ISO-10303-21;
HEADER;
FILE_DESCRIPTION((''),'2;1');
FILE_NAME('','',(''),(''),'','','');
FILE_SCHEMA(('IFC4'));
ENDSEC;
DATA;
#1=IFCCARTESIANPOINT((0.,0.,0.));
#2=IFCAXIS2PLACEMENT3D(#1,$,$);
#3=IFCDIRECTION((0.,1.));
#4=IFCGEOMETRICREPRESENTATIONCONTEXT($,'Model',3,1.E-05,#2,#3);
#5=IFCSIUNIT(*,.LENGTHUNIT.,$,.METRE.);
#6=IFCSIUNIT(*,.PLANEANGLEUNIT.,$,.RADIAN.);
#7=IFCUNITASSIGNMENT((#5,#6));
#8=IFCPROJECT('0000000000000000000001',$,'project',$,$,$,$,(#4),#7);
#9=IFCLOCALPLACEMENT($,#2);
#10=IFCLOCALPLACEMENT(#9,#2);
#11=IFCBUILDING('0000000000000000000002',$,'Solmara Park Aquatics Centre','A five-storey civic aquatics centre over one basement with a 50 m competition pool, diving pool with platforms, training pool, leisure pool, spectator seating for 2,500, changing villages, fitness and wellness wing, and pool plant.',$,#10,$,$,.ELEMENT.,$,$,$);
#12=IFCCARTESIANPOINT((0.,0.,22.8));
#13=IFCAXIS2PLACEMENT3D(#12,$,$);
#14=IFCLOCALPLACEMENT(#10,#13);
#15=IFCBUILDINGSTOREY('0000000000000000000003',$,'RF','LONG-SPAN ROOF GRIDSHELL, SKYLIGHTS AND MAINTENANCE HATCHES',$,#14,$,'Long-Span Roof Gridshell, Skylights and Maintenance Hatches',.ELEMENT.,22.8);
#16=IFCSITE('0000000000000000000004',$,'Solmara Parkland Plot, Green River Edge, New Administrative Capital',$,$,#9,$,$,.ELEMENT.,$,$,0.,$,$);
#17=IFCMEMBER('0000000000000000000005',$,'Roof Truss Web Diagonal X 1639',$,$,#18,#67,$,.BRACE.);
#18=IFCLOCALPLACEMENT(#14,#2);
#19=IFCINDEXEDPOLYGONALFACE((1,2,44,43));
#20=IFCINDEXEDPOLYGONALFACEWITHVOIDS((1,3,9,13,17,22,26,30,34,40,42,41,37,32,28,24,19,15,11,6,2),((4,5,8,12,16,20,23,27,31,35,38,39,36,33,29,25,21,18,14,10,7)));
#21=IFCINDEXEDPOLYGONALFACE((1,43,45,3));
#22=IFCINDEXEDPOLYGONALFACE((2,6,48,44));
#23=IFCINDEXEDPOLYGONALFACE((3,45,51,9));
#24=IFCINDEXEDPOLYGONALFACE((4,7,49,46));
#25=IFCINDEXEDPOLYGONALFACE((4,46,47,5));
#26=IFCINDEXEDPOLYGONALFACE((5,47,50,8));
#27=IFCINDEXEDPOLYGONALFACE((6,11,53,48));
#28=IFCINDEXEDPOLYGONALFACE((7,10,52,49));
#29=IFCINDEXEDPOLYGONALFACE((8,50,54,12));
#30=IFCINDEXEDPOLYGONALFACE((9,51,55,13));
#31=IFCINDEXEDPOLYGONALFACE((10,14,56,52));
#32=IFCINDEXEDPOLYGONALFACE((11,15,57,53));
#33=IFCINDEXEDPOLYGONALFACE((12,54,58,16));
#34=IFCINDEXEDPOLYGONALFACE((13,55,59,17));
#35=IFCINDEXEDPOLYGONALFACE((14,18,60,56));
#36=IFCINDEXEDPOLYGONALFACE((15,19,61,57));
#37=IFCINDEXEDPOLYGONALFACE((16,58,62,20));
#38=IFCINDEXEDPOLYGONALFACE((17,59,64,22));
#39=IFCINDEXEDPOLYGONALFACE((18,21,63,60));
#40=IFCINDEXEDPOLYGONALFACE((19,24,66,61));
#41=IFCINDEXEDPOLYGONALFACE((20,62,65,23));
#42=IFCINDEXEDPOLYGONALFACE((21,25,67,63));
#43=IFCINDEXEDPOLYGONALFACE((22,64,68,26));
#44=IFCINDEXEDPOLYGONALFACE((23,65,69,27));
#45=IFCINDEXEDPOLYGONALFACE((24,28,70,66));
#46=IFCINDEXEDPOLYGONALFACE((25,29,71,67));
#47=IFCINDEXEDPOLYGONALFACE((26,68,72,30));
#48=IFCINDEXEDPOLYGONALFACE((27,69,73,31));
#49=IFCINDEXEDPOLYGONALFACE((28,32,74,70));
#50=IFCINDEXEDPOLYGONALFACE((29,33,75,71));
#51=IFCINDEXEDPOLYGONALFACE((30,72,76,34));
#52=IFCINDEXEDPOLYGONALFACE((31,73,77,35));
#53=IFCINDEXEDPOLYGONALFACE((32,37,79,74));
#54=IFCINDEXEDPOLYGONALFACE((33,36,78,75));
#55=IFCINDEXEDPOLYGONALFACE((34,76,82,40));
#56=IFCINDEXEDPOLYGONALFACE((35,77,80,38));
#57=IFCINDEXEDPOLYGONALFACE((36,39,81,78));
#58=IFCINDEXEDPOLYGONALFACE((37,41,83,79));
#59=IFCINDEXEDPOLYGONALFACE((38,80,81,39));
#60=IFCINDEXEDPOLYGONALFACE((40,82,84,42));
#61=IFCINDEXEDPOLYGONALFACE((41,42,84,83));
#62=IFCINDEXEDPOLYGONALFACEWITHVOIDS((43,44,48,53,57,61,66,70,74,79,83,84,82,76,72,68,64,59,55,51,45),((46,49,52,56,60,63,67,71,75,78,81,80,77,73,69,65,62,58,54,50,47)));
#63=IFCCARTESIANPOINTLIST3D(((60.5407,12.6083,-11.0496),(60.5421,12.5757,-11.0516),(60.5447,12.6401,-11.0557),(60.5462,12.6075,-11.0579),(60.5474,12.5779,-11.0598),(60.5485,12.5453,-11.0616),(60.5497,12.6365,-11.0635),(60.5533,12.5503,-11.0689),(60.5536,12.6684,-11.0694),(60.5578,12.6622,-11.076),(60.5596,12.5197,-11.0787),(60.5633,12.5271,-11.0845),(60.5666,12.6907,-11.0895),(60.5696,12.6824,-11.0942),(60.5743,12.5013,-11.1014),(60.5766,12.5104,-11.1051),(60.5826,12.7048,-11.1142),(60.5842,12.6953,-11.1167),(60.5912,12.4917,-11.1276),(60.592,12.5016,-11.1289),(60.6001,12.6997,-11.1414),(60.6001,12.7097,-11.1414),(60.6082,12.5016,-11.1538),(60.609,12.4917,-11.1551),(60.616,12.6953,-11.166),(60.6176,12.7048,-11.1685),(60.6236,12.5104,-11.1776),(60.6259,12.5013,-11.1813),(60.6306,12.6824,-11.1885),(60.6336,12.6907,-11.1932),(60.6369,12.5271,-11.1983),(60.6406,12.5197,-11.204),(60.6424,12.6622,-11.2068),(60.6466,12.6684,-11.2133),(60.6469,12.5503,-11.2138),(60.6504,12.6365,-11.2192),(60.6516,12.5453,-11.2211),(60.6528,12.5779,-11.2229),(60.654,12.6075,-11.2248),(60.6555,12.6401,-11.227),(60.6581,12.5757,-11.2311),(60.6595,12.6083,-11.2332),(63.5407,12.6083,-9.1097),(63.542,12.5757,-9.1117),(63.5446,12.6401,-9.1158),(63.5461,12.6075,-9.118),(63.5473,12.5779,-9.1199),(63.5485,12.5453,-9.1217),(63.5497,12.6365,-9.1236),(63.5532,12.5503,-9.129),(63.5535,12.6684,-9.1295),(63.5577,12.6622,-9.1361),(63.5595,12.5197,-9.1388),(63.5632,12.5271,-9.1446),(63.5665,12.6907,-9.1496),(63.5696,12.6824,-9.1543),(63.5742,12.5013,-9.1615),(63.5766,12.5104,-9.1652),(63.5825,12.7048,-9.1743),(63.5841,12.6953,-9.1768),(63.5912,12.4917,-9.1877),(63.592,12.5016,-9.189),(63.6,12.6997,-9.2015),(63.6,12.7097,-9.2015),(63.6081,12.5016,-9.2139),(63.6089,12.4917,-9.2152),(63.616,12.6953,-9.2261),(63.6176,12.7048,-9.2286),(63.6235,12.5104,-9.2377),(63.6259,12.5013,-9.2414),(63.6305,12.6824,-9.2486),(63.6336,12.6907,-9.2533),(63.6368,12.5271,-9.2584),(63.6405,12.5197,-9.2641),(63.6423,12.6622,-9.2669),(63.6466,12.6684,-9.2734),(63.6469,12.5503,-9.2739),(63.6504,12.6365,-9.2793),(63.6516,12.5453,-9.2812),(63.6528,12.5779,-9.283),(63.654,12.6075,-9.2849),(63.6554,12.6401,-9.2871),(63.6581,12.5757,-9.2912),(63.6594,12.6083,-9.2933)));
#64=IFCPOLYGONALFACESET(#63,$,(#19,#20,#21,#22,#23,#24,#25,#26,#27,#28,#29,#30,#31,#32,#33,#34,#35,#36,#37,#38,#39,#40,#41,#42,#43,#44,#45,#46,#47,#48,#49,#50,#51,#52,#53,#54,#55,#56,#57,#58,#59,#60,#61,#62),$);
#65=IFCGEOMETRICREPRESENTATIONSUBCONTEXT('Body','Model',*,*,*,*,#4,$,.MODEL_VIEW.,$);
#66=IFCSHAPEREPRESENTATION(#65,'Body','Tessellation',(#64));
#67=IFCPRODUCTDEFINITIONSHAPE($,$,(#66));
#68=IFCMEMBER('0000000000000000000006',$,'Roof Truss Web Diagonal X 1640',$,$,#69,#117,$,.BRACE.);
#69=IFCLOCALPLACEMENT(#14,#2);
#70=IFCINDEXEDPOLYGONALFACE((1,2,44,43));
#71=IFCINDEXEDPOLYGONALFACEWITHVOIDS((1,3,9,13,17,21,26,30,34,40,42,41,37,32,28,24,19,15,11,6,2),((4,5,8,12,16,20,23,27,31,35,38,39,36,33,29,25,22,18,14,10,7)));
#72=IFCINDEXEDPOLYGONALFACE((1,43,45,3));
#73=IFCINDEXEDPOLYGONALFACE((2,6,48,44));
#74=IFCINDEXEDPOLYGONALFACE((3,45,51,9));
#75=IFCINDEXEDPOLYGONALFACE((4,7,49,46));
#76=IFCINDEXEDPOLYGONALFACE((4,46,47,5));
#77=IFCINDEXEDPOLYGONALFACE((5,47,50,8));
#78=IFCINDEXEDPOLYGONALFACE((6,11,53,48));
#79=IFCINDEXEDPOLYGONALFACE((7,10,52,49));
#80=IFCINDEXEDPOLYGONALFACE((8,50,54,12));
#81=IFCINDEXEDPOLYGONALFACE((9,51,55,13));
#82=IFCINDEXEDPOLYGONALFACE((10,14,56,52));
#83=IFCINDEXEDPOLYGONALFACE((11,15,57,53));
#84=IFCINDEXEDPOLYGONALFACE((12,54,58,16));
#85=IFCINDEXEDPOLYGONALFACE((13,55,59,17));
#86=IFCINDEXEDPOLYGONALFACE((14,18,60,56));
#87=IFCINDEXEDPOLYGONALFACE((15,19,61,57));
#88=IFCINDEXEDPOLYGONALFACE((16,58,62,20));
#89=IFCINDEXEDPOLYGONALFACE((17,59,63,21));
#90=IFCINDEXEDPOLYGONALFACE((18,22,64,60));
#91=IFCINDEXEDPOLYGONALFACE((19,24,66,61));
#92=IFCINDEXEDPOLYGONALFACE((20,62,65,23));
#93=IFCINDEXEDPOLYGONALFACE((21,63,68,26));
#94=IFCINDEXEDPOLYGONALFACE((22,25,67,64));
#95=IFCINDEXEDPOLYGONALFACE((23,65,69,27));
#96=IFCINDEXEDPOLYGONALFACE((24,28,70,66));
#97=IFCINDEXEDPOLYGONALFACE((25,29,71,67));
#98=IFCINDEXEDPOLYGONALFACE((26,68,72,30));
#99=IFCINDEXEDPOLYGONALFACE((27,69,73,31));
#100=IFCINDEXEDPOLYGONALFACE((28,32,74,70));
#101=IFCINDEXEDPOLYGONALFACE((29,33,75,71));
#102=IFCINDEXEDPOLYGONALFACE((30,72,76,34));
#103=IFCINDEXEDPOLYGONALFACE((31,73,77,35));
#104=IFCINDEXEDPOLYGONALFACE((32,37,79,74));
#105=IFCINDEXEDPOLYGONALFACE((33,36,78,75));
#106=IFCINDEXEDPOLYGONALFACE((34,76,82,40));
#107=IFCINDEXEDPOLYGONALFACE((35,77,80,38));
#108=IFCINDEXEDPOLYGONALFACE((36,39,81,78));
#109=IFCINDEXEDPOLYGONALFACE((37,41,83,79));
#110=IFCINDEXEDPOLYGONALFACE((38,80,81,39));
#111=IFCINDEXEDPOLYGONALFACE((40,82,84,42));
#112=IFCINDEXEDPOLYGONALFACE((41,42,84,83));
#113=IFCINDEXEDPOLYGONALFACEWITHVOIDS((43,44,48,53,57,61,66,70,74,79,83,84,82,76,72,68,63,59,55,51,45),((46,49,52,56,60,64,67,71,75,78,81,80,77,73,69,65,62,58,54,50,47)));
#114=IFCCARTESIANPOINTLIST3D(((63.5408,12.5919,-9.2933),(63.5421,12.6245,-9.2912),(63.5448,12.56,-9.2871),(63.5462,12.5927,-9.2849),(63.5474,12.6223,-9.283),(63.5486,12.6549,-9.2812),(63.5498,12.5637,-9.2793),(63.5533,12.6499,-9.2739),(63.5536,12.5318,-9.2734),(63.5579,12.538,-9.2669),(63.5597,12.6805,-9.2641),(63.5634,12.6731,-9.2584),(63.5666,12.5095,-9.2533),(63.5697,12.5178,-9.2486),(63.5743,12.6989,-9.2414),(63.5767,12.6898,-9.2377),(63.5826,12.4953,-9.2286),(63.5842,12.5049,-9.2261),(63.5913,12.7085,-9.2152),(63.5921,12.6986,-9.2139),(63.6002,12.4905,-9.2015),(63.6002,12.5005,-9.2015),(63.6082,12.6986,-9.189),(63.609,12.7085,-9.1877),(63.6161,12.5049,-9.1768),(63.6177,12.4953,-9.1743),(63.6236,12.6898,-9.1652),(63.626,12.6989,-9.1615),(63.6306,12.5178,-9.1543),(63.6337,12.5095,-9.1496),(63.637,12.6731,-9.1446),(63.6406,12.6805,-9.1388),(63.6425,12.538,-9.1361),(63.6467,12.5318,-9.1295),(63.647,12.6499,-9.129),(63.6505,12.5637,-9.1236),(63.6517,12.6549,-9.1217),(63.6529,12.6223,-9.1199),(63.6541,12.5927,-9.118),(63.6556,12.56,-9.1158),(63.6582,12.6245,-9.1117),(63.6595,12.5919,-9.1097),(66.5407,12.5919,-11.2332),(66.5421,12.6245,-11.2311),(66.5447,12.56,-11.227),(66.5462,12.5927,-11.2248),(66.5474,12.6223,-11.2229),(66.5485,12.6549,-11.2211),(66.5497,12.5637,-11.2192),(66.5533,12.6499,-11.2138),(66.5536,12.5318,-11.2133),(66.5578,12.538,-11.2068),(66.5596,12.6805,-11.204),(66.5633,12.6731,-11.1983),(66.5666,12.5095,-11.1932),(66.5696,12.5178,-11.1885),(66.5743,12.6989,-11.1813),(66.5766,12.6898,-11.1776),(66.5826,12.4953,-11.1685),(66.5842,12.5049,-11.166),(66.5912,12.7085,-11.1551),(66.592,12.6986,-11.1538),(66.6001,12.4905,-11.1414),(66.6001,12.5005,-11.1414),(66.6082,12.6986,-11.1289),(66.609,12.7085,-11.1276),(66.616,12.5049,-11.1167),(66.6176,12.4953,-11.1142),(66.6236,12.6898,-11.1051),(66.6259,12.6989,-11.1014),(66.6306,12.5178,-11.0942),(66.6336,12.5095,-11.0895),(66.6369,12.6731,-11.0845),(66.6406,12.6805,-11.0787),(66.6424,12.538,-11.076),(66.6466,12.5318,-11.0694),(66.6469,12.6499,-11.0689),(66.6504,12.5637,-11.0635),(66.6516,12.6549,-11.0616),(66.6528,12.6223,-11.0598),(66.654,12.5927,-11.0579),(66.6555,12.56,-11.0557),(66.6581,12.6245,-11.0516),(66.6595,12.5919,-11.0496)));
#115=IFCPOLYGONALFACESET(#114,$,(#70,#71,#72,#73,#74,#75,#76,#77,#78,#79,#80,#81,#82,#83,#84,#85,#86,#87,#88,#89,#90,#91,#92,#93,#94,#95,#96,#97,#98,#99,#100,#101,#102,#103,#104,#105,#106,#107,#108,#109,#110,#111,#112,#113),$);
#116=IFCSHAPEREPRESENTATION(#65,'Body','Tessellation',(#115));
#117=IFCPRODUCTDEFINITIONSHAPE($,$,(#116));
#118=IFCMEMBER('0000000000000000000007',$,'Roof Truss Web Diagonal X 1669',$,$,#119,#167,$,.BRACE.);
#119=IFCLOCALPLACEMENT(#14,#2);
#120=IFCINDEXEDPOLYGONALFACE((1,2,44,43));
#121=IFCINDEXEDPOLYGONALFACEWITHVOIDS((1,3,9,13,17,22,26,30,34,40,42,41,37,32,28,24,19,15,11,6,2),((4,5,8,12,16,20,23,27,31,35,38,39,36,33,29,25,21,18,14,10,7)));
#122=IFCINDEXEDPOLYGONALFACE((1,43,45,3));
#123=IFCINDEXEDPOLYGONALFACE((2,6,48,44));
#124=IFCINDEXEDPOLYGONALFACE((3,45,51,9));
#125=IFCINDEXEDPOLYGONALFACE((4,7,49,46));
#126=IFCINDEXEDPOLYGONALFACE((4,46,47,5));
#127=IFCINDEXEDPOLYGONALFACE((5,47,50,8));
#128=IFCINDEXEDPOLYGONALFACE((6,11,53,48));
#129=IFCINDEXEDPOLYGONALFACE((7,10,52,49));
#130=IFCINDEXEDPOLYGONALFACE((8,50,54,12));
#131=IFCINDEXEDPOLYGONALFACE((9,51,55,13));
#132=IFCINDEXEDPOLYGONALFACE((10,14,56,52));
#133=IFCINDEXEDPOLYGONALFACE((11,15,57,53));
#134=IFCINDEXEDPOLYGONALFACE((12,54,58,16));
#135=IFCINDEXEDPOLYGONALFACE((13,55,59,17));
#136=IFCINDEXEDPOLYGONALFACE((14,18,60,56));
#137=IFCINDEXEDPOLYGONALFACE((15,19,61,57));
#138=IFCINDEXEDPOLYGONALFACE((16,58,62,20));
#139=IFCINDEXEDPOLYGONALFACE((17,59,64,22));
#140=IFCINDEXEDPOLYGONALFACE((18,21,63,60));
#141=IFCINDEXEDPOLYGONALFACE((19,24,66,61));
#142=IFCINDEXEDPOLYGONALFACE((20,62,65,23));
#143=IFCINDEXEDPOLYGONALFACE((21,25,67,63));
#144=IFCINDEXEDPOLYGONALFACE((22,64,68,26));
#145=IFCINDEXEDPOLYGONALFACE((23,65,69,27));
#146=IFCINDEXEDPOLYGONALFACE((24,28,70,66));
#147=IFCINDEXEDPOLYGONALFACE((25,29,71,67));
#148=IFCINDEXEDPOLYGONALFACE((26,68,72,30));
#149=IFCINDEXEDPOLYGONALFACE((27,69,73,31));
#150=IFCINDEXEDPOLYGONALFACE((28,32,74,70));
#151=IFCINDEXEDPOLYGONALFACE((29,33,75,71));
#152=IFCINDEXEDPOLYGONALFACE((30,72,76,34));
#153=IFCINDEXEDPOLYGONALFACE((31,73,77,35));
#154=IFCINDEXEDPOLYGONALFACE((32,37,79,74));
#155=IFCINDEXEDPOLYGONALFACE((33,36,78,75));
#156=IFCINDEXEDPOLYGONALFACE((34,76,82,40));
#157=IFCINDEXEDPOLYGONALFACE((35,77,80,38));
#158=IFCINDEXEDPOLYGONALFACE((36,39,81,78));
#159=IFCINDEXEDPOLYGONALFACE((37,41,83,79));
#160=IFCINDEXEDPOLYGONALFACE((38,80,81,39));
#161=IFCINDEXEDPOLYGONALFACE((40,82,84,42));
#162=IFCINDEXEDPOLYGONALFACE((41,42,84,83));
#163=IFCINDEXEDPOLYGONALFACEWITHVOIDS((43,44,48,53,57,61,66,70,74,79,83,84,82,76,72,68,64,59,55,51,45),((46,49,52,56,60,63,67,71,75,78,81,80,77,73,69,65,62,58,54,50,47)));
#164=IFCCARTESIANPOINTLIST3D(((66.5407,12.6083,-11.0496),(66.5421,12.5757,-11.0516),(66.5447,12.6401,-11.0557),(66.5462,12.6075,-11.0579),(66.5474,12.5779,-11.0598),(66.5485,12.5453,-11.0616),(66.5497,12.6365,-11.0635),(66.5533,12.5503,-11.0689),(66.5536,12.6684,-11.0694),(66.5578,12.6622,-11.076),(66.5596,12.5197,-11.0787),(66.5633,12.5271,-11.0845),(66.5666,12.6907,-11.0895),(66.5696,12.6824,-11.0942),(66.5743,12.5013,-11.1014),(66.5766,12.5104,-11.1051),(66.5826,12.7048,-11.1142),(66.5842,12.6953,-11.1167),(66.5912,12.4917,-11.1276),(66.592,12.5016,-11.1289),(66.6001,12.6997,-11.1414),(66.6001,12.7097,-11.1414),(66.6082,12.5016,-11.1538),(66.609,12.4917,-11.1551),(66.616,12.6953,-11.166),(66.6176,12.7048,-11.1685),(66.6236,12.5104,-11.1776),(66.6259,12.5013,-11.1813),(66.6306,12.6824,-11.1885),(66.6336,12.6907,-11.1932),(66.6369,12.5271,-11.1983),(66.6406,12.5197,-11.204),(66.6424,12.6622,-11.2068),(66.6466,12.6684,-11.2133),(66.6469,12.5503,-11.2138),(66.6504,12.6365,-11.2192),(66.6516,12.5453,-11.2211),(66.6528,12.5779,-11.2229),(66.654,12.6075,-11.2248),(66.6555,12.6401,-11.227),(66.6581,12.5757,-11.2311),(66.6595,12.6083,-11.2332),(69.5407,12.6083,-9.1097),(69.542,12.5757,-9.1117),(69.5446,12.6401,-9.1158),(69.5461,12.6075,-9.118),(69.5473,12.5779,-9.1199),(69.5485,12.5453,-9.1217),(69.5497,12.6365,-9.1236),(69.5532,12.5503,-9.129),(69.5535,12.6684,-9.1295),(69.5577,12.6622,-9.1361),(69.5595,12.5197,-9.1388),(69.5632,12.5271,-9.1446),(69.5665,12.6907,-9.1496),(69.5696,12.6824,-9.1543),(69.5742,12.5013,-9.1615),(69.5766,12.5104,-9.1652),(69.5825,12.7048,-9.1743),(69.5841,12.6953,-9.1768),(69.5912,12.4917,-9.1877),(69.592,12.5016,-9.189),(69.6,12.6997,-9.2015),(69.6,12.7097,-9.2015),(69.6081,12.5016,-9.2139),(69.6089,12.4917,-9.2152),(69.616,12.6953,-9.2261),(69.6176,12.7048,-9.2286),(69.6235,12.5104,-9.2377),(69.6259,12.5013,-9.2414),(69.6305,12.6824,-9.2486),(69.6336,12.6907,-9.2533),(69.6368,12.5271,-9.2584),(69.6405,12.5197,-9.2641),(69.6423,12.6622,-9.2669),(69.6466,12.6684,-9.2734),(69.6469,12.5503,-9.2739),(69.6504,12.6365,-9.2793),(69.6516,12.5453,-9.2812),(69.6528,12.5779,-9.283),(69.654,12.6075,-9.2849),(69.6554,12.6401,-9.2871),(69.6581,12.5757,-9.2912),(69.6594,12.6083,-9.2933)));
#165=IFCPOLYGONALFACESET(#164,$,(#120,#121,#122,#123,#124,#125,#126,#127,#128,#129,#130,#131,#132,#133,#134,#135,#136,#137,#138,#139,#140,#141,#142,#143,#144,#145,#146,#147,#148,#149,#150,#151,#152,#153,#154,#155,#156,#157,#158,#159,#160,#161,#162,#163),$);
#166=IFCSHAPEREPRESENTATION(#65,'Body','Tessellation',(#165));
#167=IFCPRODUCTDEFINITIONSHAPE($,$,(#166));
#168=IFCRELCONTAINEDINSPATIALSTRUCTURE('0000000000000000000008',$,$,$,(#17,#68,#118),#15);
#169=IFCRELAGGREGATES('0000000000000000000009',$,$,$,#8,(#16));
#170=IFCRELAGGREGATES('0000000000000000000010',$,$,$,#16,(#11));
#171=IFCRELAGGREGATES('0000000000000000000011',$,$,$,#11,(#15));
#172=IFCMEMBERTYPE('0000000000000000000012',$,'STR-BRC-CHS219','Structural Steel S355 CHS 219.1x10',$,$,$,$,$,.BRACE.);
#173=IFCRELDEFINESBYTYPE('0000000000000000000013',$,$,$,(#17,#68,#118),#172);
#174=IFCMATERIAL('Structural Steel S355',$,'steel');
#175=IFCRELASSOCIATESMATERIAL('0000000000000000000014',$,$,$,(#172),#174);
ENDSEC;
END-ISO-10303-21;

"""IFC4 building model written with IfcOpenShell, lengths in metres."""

from ifc_helpers import new_model, si_unit, direction, frame, origin, origin_2d, place, context, subcontext, project, spatial, hollow_circle, extrude, material, material_profile, profile_set, type_object, element, save


model = new_model("IFC4")

# Units and contexts
model_context = context("Model", 3, precision=1e-05, world=origin(), true_north=direction((0.0, 1.0)))
body_context = subcontext(model_context, "Body", "Model", "MODEL_VIEW")
ifc_project = project(units=[si_unit("LENGTHUNIT", "METRE"), si_unit("PLANEANGLEUNIT", "RADIAN")], contexts=[model_context])

# Site, building, storey
site_placement = place(None, origin())
site = spatial("IfcSite", under=ifc_project, at=site_placement, Name="Solmara Parkland Plot, Green River Edge, New Administrative Capital", CompositionType="ELEMENT", RefElevation=0.0)
building_placement = place(site_placement, origin())
building = spatial("IfcBuilding", under=site, at=building_placement, Name="Solmara Park Aquatics Centre", Description="A five-storey civic aquatics centre over one basement with a 50 m competition pool, diving pool with platforms, training pool, leisure pool, spectator seating for 2,500, changing villages, fitness and wellness wing, and pool plant.", CompositionType="ELEMENT")
storey_placement = place(building_placement, frame((0.0, 0.0, 22.8)))
storey = spatial("IfcBuildingStorey", under=building, at=storey_placement, Name="RF", Description="LONG-SPAN ROOF GRIDSHELL, SKYLIGHTS AND MAINTENANCE HATCHES", LongName="Long-Span Roof Gridshell, Skylights and Maintenance Hatches", CompositionType="ELEMENT", Elevation=22.8)

# Members
ifc_material_1 = material(Name="Structural Steel S355", Category="steel")
ifc_material_profile_1 = material_profile(ifc_material_1, hollow_circle(Radius=0.1096, WallThickness=0.01, at=origin_2d()), Name="CHS 219.1x10")
ifc_profile_set_1 = profile_set([ifc_material_profile_1], Name="Structural Steel S355")
member_type_1 = type_object("IfcMemberType", Name="STR-BRC-CHS219", Description="Structural Steel S355 CHS 219.1x10", PredefinedType="BRACE", material=ifc_profile_set_1)
for number, where, z_axis, x_axis, name in (
    (1, (60.6001, 12.6001, -11.1414), (0.839728, 0.0, 0.543008), (0.0, 1.0, 0.0), "Roof Truss Web Diagonal X 1639"),
    (2, (66.6001, 12.6001, -11.1414), (-0.839728, 0.0, 0.543008), (0.0, -1.0, 0.0), "Roof Truss Web Diagonal X 1640"),
    (3, (66.6001, 12.6001, -11.1414), (0.839728, 0.0, 0.543008), (0.0, 1.0, 0.0), "Roof Truss Web Diagonal X 1669"),
):
    element("IfcMember", number, at=place(storey_placement, frame(where, z_axis=z_axis, x_axis=x_axis)), inside=storey, type_object=member_type_1, Name=name, PredefinedType="BRACE", context=body_context, shape_type="SweptSolid", body=[
        extrude(hollow_circle(Radius=0.1096, WallThickness=0.01, at=origin_2d()), origin(), (0.0, 0.0, 1.0), 3.5725),
    ])

save(model, "model.ifc")
